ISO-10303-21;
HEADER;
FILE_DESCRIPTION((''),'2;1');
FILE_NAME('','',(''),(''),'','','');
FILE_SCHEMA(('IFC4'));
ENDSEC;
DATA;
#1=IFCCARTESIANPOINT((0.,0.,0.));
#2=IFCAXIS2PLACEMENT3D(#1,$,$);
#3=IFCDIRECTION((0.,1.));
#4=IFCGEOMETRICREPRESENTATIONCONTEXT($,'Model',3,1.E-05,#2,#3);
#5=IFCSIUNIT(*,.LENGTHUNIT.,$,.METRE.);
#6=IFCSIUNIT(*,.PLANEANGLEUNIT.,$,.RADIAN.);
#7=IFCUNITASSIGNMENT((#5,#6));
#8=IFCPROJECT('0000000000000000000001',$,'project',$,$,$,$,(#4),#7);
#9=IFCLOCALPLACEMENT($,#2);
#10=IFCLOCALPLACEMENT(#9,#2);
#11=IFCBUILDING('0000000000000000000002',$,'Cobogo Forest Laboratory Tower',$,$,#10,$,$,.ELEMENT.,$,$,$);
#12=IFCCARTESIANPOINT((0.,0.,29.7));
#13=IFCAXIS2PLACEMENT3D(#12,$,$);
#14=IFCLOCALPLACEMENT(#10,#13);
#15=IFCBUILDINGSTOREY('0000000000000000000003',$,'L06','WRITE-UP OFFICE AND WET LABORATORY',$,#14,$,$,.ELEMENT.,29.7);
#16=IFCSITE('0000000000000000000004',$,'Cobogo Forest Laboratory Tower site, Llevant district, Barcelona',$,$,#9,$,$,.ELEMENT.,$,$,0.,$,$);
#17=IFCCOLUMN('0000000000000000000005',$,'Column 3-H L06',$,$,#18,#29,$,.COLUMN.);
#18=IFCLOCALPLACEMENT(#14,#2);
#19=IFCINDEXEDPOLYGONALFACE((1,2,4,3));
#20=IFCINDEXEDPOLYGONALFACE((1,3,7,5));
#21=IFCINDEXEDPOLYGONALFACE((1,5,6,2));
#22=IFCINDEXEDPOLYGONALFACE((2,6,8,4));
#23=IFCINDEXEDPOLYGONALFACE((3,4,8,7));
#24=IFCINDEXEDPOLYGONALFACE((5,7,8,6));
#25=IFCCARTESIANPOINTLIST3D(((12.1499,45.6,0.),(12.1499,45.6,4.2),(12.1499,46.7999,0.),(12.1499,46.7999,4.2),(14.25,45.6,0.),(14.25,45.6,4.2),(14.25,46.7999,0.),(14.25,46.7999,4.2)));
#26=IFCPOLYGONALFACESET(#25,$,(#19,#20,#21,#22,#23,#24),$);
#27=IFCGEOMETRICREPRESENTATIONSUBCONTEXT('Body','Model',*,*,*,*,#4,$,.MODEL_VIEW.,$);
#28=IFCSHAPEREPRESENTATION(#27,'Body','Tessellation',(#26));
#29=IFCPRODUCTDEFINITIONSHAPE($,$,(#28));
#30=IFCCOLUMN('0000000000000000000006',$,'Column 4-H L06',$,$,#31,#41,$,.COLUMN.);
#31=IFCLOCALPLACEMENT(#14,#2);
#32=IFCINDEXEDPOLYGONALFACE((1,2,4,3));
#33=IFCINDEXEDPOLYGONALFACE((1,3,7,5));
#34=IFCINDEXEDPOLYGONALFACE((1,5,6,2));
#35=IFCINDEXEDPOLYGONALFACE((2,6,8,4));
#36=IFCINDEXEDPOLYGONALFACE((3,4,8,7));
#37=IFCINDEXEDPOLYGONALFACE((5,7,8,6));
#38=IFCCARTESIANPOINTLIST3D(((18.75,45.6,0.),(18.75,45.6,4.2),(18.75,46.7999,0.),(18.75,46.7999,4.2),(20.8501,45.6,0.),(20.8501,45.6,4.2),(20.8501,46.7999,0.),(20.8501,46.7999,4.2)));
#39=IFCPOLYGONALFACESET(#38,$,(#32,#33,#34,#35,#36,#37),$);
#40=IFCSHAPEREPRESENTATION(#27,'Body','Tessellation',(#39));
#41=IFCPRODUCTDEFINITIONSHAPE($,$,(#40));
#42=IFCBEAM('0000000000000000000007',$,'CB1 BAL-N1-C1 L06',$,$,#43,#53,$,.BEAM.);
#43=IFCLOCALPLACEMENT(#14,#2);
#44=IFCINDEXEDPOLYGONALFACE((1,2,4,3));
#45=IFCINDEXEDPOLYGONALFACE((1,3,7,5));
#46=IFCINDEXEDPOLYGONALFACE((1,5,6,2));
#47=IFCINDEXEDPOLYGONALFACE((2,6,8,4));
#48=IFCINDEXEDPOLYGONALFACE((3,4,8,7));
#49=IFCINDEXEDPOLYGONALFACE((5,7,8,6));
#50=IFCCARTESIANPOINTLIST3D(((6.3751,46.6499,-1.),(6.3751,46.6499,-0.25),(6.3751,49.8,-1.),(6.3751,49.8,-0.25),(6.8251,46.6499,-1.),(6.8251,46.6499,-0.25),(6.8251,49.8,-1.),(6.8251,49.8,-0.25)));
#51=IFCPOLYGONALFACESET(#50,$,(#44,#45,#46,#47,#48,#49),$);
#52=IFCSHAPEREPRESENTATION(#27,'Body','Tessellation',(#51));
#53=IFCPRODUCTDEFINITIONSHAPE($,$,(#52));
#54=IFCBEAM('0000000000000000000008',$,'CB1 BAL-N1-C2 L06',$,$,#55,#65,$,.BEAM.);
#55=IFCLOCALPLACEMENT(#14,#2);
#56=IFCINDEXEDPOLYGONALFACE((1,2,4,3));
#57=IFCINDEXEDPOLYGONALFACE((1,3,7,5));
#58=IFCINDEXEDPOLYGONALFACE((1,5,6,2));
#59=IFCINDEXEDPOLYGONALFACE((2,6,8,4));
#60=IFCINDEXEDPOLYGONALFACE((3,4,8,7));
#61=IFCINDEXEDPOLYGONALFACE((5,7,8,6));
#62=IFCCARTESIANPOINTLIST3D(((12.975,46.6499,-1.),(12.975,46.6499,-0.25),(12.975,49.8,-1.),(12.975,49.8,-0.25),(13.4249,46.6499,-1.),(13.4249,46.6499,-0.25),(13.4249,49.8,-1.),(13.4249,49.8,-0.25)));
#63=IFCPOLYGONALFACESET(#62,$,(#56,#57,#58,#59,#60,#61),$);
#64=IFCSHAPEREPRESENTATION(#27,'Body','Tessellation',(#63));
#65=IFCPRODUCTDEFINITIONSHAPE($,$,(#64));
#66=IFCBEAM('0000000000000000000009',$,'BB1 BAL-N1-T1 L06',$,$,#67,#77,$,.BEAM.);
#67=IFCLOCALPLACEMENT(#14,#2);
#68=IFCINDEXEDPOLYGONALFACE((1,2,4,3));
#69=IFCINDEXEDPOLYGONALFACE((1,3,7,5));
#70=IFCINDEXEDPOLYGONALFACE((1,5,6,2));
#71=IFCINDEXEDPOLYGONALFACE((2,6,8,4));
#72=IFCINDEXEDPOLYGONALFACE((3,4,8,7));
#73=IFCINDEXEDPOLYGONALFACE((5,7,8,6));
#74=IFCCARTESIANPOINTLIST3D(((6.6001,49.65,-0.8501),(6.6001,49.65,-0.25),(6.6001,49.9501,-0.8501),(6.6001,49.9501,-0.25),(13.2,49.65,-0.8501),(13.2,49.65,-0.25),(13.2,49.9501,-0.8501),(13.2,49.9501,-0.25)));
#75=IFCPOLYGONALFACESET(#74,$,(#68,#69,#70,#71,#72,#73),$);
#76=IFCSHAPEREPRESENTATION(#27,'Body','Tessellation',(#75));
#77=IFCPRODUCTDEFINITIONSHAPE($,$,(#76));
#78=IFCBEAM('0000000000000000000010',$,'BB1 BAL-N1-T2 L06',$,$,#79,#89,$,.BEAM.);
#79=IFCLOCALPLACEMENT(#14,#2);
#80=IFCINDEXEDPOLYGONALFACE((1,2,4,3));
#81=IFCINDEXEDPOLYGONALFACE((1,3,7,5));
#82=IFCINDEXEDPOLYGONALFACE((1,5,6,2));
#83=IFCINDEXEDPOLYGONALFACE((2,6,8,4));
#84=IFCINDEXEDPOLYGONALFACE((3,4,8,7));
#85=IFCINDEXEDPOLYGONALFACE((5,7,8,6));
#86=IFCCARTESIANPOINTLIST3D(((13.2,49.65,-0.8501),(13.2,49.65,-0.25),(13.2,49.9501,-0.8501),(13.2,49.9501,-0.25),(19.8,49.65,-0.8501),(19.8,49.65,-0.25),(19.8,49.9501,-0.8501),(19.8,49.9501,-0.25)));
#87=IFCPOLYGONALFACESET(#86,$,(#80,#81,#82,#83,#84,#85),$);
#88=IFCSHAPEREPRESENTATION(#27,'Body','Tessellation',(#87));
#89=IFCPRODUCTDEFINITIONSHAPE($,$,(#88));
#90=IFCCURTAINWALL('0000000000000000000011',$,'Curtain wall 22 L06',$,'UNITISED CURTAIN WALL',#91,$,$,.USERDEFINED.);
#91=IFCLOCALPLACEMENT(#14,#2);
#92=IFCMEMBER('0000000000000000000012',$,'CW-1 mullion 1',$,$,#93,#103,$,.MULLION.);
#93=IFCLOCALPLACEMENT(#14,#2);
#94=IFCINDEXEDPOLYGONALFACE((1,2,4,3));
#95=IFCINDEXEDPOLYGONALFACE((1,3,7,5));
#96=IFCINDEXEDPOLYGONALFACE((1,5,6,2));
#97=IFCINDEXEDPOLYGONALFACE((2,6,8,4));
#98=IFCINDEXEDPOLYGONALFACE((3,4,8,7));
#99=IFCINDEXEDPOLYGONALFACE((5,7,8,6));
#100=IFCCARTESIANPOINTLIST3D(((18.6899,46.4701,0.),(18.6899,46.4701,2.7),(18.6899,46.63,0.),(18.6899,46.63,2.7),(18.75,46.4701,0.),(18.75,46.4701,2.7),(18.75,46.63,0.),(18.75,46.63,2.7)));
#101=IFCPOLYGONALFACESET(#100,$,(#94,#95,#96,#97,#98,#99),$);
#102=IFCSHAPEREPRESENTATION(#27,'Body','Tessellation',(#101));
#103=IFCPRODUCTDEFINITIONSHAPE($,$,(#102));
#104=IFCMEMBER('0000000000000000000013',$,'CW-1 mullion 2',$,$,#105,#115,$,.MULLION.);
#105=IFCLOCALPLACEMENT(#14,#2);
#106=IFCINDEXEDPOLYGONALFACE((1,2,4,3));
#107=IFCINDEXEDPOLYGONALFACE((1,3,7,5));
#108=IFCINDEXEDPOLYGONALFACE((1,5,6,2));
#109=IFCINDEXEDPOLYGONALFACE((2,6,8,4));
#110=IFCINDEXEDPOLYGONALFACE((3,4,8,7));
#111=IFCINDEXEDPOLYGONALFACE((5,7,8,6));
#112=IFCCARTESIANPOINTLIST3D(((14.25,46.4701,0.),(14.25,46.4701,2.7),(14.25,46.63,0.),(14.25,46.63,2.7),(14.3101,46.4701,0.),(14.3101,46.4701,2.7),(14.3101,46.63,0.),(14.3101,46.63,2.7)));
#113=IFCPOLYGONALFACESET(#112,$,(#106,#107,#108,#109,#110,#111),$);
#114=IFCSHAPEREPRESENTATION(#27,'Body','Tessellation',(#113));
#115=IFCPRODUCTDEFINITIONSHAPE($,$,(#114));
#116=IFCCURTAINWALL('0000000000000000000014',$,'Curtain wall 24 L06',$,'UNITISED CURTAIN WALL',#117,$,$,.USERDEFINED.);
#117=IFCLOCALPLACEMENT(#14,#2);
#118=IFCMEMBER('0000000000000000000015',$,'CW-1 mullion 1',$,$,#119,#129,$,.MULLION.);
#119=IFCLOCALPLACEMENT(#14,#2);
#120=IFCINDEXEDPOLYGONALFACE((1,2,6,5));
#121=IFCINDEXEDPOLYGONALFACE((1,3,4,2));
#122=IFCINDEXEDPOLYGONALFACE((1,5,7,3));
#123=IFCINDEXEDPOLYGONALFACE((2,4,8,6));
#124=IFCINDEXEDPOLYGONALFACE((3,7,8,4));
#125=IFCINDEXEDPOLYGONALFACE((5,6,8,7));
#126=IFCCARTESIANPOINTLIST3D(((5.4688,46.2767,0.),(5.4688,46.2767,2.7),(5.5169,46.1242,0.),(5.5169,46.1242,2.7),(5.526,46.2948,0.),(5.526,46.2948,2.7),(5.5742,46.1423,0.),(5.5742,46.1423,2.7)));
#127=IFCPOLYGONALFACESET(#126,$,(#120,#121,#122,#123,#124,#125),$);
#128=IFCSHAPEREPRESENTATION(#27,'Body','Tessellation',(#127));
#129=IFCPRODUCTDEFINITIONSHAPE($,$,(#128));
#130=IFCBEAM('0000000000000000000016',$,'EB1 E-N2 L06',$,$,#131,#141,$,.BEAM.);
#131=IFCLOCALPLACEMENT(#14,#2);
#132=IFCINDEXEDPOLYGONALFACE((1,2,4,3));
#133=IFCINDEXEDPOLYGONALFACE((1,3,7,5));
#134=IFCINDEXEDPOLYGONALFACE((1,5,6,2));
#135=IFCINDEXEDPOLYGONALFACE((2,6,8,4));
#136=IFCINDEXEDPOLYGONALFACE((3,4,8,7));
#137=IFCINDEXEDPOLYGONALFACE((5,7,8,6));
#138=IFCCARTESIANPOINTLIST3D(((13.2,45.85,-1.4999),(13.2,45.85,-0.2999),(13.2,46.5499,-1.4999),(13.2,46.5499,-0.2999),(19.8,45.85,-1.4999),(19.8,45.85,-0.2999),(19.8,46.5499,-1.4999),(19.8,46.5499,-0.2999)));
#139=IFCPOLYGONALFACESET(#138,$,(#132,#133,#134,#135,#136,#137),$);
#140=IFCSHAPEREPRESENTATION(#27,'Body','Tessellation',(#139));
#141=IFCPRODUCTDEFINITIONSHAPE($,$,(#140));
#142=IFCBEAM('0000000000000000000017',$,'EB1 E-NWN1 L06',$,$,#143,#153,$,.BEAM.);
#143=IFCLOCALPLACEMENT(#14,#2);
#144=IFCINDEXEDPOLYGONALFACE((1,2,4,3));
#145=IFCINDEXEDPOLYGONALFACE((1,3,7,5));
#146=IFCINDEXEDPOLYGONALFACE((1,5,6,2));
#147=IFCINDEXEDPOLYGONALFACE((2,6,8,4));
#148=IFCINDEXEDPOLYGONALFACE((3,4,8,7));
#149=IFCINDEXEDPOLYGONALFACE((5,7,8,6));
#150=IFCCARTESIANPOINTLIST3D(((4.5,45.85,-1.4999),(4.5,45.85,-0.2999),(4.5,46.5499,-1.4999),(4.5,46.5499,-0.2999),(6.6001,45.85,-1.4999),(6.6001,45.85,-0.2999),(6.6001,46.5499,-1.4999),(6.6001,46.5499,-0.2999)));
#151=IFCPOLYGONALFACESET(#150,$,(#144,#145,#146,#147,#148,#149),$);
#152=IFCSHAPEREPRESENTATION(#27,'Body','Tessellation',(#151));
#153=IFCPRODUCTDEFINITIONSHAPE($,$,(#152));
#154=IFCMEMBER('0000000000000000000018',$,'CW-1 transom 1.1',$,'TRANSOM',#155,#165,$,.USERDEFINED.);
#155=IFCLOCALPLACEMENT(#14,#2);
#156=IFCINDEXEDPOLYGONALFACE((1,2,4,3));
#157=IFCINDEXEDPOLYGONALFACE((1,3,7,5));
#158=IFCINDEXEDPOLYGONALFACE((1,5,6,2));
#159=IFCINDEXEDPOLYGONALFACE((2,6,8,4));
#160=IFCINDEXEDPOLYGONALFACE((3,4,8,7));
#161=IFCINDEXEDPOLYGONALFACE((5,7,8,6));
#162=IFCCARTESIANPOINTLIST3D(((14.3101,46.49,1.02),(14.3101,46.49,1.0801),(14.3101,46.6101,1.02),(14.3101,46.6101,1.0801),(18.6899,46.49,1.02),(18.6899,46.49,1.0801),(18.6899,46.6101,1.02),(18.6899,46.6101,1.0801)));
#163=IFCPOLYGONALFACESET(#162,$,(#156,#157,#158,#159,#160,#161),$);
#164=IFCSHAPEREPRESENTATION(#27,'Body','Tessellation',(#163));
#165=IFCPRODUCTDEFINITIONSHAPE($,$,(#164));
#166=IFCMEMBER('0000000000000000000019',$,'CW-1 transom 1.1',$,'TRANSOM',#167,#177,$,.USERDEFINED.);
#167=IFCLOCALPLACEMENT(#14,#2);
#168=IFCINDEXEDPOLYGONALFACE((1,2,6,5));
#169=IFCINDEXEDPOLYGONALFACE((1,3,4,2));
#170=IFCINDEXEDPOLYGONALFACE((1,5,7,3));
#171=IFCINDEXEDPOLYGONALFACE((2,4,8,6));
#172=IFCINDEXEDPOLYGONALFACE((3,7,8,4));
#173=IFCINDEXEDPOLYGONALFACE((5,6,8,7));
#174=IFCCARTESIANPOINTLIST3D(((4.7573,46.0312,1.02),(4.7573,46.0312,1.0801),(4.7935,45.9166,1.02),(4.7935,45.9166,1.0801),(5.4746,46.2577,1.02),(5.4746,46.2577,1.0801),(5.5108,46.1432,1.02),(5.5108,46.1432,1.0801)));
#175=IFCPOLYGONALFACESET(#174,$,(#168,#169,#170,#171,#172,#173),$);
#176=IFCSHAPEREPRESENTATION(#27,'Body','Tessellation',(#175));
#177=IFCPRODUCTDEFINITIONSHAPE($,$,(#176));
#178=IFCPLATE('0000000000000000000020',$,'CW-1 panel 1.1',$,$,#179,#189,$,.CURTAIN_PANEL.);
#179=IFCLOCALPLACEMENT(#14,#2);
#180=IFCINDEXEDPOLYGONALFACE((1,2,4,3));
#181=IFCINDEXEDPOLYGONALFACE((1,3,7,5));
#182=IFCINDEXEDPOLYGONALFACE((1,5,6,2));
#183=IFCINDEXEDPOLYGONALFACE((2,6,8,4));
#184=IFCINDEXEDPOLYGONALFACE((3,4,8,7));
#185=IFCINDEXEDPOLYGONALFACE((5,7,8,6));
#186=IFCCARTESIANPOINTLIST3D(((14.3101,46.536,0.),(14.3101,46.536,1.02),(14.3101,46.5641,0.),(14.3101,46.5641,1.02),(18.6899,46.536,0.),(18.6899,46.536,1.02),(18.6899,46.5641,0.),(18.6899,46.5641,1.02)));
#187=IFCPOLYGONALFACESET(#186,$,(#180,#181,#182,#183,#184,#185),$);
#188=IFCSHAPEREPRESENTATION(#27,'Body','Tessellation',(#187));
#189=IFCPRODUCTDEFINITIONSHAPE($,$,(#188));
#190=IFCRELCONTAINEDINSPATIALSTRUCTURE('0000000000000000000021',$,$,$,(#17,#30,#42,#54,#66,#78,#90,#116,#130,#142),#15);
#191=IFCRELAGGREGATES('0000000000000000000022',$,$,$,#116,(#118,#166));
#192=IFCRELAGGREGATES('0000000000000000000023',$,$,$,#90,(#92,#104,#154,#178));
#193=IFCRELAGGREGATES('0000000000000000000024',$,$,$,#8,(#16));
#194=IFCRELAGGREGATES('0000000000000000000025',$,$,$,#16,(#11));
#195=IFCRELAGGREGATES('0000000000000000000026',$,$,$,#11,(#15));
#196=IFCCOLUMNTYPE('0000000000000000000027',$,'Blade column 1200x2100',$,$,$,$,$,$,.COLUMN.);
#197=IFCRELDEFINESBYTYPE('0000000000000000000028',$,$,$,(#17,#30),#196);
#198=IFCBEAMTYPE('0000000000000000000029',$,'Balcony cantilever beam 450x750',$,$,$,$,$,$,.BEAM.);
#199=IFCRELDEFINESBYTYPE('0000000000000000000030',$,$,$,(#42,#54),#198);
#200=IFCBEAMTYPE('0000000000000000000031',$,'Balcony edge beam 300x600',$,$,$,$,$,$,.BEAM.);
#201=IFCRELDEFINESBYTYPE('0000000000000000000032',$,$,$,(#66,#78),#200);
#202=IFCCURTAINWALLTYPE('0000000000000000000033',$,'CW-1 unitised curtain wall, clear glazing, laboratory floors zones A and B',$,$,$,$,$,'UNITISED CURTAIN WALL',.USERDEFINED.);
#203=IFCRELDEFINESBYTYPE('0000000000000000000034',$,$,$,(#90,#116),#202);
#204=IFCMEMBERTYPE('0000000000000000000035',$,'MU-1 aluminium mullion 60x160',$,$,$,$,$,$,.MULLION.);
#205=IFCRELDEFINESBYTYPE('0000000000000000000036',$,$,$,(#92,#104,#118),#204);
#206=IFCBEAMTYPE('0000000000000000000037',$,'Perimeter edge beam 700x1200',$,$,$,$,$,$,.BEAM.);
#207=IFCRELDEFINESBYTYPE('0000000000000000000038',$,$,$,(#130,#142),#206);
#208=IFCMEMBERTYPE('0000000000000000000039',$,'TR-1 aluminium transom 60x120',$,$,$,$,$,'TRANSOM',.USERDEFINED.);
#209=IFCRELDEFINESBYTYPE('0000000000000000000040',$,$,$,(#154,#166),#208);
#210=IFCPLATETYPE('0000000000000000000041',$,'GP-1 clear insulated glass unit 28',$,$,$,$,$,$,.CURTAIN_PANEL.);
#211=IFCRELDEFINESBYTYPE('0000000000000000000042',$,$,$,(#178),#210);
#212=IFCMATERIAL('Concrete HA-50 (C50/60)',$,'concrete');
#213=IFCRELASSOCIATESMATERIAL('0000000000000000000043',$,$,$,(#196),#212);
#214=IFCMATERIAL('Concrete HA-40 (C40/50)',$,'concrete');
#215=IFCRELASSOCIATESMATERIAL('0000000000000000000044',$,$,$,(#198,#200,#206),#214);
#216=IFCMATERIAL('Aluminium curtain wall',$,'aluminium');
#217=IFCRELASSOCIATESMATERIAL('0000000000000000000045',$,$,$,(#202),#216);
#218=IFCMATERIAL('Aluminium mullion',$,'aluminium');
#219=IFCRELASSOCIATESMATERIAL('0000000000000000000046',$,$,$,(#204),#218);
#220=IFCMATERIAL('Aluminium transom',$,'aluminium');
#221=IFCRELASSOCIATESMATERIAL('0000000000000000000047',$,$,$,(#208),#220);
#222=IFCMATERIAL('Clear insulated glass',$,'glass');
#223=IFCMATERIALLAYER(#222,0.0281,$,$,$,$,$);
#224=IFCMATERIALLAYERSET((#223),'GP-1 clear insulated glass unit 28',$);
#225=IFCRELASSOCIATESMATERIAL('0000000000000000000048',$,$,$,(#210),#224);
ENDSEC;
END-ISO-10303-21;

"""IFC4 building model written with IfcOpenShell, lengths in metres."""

from ifc_helpers import new_model, si_unit, direction, frame, origin, origin_2d, place, context, subcontext, project, spatial, rectangle, extrude, material, layer, layer_set, material_profile, profile_set, type_object, element, aggregate, save


model = new_model("IFC4")

# Units and contexts
model_context = context("Model", 3, precision=1e-05, world=origin(), true_north=direction((0.0, 1.0)))
body_context = subcontext(model_context, "Body", "Model", "MODEL_VIEW")
ifc_project = project(units=[si_unit("LENGTHUNIT", "METRE"), si_unit("PLANEANGLEUNIT", "RADIAN")], contexts=[model_context])

# Site, building, storey
site_placement = place(None, origin())
site = spatial("IfcSite", under=ifc_project, at=site_placement, Name="Cobogo Forest Laboratory Tower site, Llevant district, Barcelona", CompositionType="ELEMENT", RefElevation=0.0)
building_placement = place(site_placement, origin())
building = spatial("IfcBuilding", under=site, at=building_placement, Name="Cobogo Forest Laboratory Tower", CompositionType="ELEMENT")
storey_placement = place(building_placement, frame((0.0, 0.0, 29.7)))
storey = spatial("IfcBuildingStorey", under=building, at=storey_placement, Name="L06", Description="WRITE-UP OFFICE AND WET LABORATORY", CompositionType="ELEMENT", Elevation=29.7)

# Columns
ifc_material_1 = material(Name="Concrete HA-50 (C50/60)", Category="concrete")
ifc_material_profile_1 = material_profile(ifc_material_1, rectangle(XDim=2.1001, YDim=1.2, at=origin_2d()), Name="RC 1200x2100")
ifc_profile_set_1 = profile_set([ifc_material_profile_1], Name="Concrete HA-50 (C50/60)")
column_type = type_object("IfcColumnType", Name="Blade column 1200x2100", PredefinedType="COLUMN", material=ifc_profile_set_1)
for number, where, z_axis, x_axis, name in (
    (1, (13.2, 46.2, 0.0), (0.0, 0.0, 1.0), (1.0, 0.0, 0.0), "Column 3-H L06"),
    (2, (19.8, 46.2, 0.0), (0.0, 0.0, 1.0), (1.0, 0.0, 0.0), "Column 4-H L06"),
):
    element("IfcColumn", number, at=place(storey_placement, frame(where, z_axis=z_axis, x_axis=x_axis)), inside=storey, type_object=column_type, Name=name, PredefinedType="COLUMN", context=body_context, shape_type="SweptSolid", body=[
        extrude(rectangle(XDim=2.1001, YDim=1.2, at=origin_2d()), origin(), (0.0, 0.0, 1.0), 4.2),
    ])

# Beams
ifc_material_2 = material(Name="Concrete HA-40 (C40/50)", Category="concrete")
ifc_material_profile_2 = material_profile(ifc_material_2, rectangle(XDim=0.45, YDim=0.75, at=origin_2d()), Name="RC 450x750")
ifc_profile_set_2 = profile_set([ifc_material_profile_2], Name="Concrete HA-40 (C40/50)")
beam_type_1 = type_object("IfcBeamType", Name="Balcony cantilever beam 450x750", PredefinedType="BEAM", material=ifc_profile_set_2)
for number, where, z_axis, x_axis, name in (
    (3, (6.6001, 46.6499, -0.625), (0.0, 1.0, 0.0), (-1.0, 0.0, 0.0), "CB1 BAL-N1-C1 L06"),
    (4, (13.2, 46.6499, -0.625), (0.0, 1.0, 0.0), (-1.0, 0.0, 0.0), "CB1 BAL-N1-C2 L06"),
):
    element("IfcBeam", number, at=place(storey_placement, frame(where, z_axis=z_axis, x_axis=x_axis)), inside=storey, type_object=beam_type_1, Name=name, PredefinedType="BEAM", context=body_context, shape_type="SweptSolid", body=[
        extrude(rectangle(XDim=0.45, YDim=0.75, at=origin_2d()), origin(), (0.0, 0.0, 1.0), 3.1501),
    ])
ifc_material_profile_3 = material_profile(ifc_material_2, rectangle(XDim=0.3, YDim=0.6001, at=origin_2d()), Name="RC 300x600")
ifc_profile_set_3 = profile_set([ifc_material_profile_3], Name="Concrete HA-40 (C40/50)")
beam_type_2 = type_object("IfcBeamType", Name="Balcony edge beam 300x600", PredefinedType="BEAM", material=ifc_profile_set_3)
beam_1_placement = place(storey_placement, frame((6.6001, 49.8, -0.55), z_axis=(1.0, 0.0, 0.0), x_axis=(0.0, 1.0, 0.0)))
element("IfcBeam", 5, at=beam_1_placement, inside=storey, type_object=beam_type_2, Name="BB1 BAL-N1-T1 L06", PredefinedType="BEAM", context=body_context, shape_type="SweptSolid", body=[
    extrude(rectangle(XDim=0.3, YDim=0.6001, at=origin_2d()), origin(), (0.0, 0.0, 1.0), 6.5999),
])
beam_2_placement = place(storey_placement, frame((13.2, 49.8, -0.55), z_axis=(1.0, 0.0, 0.0), x_axis=(0.0, 1.0, 0.0)))
element("IfcBeam", 6, at=beam_2_placement, inside=storey, type_object=beam_type_2, Name="BB1 BAL-N1-T2 L06", PredefinedType="BEAM", context=body_context, shape_type="SweptSolid", body=[
    extrude(rectangle(XDim=0.3, YDim=0.6001, at=origin_2d()), origin(), (0.0, 0.0, 1.0), 6.6001),
])

# Curtain wall, members
ifc_material_3 = material(Name="Aluminium curtain wall", Category="aluminium")
curtain_wall_type = type_object("IfcCurtainWallType", Name="CW-1 unitised curtain wall, clear glazing, laboratory floors zones A and B", ElementType="UNITISED CURTAIN WALL", PredefinedType="USERDEFINED", material=ifc_material_3)
curtain_wall_1_placement = place(storey_placement, origin())
curtain_wall_1 = element("IfcCurtainWall", 7, at=curtain_wall_1_placement, inside=storey, type_object=curtain_wall_type, Name="Curtain wall 22 L06", ObjectType="UNITISED CURTAIN WALL", PredefinedType="USERDEFINED")
ifc_material_4 = material(Name="Aluminium mullion", Category="aluminium")
ifc_material_profile_4 = material_profile(ifc_material_4, rectangle(XDim=0.0601, YDim=0.1599, at=origin_2d()), Name="AL 60x160")
ifc_profile_set_4 = profile_set([ifc_material_profile_4], Name="Aluminium mullion")
member_type_1 = type_object("IfcMemberType", Name="MU-1 aluminium mullion 60x160", PredefinedType="MULLION", material=ifc_profile_set_4)
member_1_placement = place(storey_placement, frame((18.72, 46.55, 0.0), z_axis=(0.0, 0.0, 1.0), x_axis=(-1.0, 0.0, 0.0)))
member_1 = element("IfcMember", 8, at=member_1_placement, type_object=member_type_1, Name="CW-1 mullion 1", PredefinedType="MULLION", context=body_context, shape_type="SweptSolid", body=[
    extrude(rectangle(XDim=0.0601, YDim=0.1599, at=origin_2d()), origin(), (0.0, 0.0, 1.0), 2.7),
])
member_2_placement = place(storey_placement, frame((14.28, 46.55, 0.0), z_axis=(0.0, 0.0, 1.0), x_axis=(-1.0, 0.0, 0.0)))
member_2 = element("IfcMember", 9, at=member_2_placement, type_object=member_type_1, Name="CW-1 mullion 2", PredefinedType="MULLION", context=body_context, shape_type="SweptSolid", body=[
    extrude(rectangle(XDim=0.0601, YDim=0.1599, at=origin_2d()), origin(), (0.0, 0.0, 1.0), 2.7),
])

# Curtain wall, member
curtain_wall_2_placement = place(storey_placement, origin())
curtain_wall_2 = element("IfcCurtainWall", 10, at=curtain_wall_2_placement, inside=storey, type_object=curtain_wall_type, Name="Curtain wall 24 L06", ObjectType="UNITISED CURTAIN WALL", PredefinedType="USERDEFINED")
member_3_placement = place(storey_placement, frame((5.5215, 46.2095, 0.0), z_axis=(0.0, 0.0, 1.0), x_axis=(-0.953582, -0.301135, 0.0)))
member_3 = element("IfcMember", 11, at=member_3_placement, type_object=member_type_1, Name="CW-1 mullion 1", PredefinedType="MULLION", context=body_context, shape_type="SweptSolid", body=[
    extrude(rectangle(XDim=0.0601, YDim=0.1599, at=origin_2d()), origin(), (0.0, 0.0, 1.0), 2.7),
])

# Beams
ifc_material_profile_5 = material_profile(ifc_material_2, rectangle(XDim=0.7, YDim=1.2, at=origin_2d()), Name="RC 700x1200")
ifc_profile_set_5 = profile_set([ifc_material_profile_5], Name="Concrete HA-40 (C40/50)")
beam_type_3 = type_object("IfcBeamType", Name="Perimeter edge beam 700x1200", PredefinedType="BEAM", material=ifc_profile_set_5)
beam_3_placement = place(storey_placement, frame((13.2, 46.2, -0.8999), z_axis=(1.0, 0.0, 0.0), x_axis=(0.0, 1.0, 0.0)))
element("IfcBeam", 12, at=beam_3_placement, inside=storey, type_object=beam_type_3, Name="EB1 E-N2 L06", PredefinedType="BEAM", context=body_context, shape_type="SweptSolid", body=[
    extrude(rectangle(XDim=0.7, YDim=1.2, at=origin_2d()), origin(), (0.0, 0.0, 1.0), 6.6001),
])
beam_4_placement = place(storey_placement, frame((6.6001, 46.2, -0.8999), z_axis=(-1.0, 0.0, 0.0), x_axis=(0.0, -1.0, 0.0)))
element("IfcBeam", 13, at=beam_4_placement, inside=storey, type_object=beam_type_3, Name="EB1 E-NWN1 L06", PredefinedType="BEAM", context=body_context, shape_type="SweptSolid", body=[
    extrude(rectangle(XDim=0.7, YDim=1.2, at=origin_2d()), origin(), (0.0, 0.0, 1.0), 2.1001),
])

# Members
ifc_material_5 = material(Name="Aluminium transom", Category="aluminium")
ifc_material_profile_6 = material_profile(ifc_material_5, rectangle(XDim=0.1201, YDim=0.0601, at=origin_2d()), Name="AL 60x120")
ifc_profile_set_6 = profile_set([ifc_material_profile_6], Name="Aluminium transom")
member_type_2 = type_object("IfcMemberType", Name="TR-1 aluminium transom 60x120", ElementType="TRANSOM", PredefinedType="USERDEFINED", material=ifc_profile_set_6)
member_4_placement = place(storey_placement, frame((18.6899, 46.55, 1.05), z_axis=(-1.0, 0.0, 0.0), x_axis=(0.0, -1.0, 0.0)))
member_4 = element("IfcMember", 14, at=member_4_placement, type_object=member_type_2, Name="CW-1 transom 1.1", ObjectType="TRANSOM", PredefinedType="USERDEFINED", context=body_context, shape_type="SweptSolid", body=[
    extrude(rectangle(XDim=0.1201, YDim=0.0601, at=origin_2d()), origin(), (0.0, 0.0, 1.0), 4.3799),
])
member_5_placement = place(storey_placement, frame((5.4927, 46.2004, 1.05), z_axis=(-0.953563, -0.301194, 0.0), x_axis=(0.301194, -0.953563, 0.0)))
member_5 = element("IfcMember", 15, at=member_5_placement, type_object=member_type_2, Name="CW-1 transom 1.1", ObjectType="TRANSOM", PredefinedType="USERDEFINED", context=body_context, shape_type="SweptSolid", body=[
    extrude(rectangle(XDim=0.1201, YDim=0.0601, at=origin_2d()), origin(), (0.0, 0.0, 1.0), 0.7522),
])
aggregate(curtain_wall_2, [member_3, member_5])

# Plate
ifc_material_6 = material(Name="Clear insulated glass", Category="glass")
ifc_layer_1 = layer(ifc_material_6, 0.0281)
ifc_layer_set_1 = layer_set([ifc_layer_1], Name="GP-1 clear insulated glass unit 28")
plate_type = type_object("IfcPlateType", Name="GP-1 clear insulated glass unit 28", PredefinedType="CURTAIN_PANEL", material=ifc_layer_set_1)
plate_1_placement = place(storey_placement, frame((16.5, 46.55, 0.0), z_axis=(0.0, 0.0, 1.0), x_axis=(-1.0, 0.0, 0.0)))
plate_1 = element("IfcPlate", 16, at=plate_1_placement, type_object=plate_type, Name="CW-1 panel 1.1", PredefinedType="CURTAIN_PANEL", context=body_context, shape_type="SweptSolid", body=[
    extrude(rectangle(XDim=4.3799, YDim=0.0281, at=origin_2d()), origin(), (0.0, 0.0, 1.0), 1.02),
])
aggregate(curtain_wall_1, [member_1, member_2, member_4, plate_1])

save(model, "model.ifc")
